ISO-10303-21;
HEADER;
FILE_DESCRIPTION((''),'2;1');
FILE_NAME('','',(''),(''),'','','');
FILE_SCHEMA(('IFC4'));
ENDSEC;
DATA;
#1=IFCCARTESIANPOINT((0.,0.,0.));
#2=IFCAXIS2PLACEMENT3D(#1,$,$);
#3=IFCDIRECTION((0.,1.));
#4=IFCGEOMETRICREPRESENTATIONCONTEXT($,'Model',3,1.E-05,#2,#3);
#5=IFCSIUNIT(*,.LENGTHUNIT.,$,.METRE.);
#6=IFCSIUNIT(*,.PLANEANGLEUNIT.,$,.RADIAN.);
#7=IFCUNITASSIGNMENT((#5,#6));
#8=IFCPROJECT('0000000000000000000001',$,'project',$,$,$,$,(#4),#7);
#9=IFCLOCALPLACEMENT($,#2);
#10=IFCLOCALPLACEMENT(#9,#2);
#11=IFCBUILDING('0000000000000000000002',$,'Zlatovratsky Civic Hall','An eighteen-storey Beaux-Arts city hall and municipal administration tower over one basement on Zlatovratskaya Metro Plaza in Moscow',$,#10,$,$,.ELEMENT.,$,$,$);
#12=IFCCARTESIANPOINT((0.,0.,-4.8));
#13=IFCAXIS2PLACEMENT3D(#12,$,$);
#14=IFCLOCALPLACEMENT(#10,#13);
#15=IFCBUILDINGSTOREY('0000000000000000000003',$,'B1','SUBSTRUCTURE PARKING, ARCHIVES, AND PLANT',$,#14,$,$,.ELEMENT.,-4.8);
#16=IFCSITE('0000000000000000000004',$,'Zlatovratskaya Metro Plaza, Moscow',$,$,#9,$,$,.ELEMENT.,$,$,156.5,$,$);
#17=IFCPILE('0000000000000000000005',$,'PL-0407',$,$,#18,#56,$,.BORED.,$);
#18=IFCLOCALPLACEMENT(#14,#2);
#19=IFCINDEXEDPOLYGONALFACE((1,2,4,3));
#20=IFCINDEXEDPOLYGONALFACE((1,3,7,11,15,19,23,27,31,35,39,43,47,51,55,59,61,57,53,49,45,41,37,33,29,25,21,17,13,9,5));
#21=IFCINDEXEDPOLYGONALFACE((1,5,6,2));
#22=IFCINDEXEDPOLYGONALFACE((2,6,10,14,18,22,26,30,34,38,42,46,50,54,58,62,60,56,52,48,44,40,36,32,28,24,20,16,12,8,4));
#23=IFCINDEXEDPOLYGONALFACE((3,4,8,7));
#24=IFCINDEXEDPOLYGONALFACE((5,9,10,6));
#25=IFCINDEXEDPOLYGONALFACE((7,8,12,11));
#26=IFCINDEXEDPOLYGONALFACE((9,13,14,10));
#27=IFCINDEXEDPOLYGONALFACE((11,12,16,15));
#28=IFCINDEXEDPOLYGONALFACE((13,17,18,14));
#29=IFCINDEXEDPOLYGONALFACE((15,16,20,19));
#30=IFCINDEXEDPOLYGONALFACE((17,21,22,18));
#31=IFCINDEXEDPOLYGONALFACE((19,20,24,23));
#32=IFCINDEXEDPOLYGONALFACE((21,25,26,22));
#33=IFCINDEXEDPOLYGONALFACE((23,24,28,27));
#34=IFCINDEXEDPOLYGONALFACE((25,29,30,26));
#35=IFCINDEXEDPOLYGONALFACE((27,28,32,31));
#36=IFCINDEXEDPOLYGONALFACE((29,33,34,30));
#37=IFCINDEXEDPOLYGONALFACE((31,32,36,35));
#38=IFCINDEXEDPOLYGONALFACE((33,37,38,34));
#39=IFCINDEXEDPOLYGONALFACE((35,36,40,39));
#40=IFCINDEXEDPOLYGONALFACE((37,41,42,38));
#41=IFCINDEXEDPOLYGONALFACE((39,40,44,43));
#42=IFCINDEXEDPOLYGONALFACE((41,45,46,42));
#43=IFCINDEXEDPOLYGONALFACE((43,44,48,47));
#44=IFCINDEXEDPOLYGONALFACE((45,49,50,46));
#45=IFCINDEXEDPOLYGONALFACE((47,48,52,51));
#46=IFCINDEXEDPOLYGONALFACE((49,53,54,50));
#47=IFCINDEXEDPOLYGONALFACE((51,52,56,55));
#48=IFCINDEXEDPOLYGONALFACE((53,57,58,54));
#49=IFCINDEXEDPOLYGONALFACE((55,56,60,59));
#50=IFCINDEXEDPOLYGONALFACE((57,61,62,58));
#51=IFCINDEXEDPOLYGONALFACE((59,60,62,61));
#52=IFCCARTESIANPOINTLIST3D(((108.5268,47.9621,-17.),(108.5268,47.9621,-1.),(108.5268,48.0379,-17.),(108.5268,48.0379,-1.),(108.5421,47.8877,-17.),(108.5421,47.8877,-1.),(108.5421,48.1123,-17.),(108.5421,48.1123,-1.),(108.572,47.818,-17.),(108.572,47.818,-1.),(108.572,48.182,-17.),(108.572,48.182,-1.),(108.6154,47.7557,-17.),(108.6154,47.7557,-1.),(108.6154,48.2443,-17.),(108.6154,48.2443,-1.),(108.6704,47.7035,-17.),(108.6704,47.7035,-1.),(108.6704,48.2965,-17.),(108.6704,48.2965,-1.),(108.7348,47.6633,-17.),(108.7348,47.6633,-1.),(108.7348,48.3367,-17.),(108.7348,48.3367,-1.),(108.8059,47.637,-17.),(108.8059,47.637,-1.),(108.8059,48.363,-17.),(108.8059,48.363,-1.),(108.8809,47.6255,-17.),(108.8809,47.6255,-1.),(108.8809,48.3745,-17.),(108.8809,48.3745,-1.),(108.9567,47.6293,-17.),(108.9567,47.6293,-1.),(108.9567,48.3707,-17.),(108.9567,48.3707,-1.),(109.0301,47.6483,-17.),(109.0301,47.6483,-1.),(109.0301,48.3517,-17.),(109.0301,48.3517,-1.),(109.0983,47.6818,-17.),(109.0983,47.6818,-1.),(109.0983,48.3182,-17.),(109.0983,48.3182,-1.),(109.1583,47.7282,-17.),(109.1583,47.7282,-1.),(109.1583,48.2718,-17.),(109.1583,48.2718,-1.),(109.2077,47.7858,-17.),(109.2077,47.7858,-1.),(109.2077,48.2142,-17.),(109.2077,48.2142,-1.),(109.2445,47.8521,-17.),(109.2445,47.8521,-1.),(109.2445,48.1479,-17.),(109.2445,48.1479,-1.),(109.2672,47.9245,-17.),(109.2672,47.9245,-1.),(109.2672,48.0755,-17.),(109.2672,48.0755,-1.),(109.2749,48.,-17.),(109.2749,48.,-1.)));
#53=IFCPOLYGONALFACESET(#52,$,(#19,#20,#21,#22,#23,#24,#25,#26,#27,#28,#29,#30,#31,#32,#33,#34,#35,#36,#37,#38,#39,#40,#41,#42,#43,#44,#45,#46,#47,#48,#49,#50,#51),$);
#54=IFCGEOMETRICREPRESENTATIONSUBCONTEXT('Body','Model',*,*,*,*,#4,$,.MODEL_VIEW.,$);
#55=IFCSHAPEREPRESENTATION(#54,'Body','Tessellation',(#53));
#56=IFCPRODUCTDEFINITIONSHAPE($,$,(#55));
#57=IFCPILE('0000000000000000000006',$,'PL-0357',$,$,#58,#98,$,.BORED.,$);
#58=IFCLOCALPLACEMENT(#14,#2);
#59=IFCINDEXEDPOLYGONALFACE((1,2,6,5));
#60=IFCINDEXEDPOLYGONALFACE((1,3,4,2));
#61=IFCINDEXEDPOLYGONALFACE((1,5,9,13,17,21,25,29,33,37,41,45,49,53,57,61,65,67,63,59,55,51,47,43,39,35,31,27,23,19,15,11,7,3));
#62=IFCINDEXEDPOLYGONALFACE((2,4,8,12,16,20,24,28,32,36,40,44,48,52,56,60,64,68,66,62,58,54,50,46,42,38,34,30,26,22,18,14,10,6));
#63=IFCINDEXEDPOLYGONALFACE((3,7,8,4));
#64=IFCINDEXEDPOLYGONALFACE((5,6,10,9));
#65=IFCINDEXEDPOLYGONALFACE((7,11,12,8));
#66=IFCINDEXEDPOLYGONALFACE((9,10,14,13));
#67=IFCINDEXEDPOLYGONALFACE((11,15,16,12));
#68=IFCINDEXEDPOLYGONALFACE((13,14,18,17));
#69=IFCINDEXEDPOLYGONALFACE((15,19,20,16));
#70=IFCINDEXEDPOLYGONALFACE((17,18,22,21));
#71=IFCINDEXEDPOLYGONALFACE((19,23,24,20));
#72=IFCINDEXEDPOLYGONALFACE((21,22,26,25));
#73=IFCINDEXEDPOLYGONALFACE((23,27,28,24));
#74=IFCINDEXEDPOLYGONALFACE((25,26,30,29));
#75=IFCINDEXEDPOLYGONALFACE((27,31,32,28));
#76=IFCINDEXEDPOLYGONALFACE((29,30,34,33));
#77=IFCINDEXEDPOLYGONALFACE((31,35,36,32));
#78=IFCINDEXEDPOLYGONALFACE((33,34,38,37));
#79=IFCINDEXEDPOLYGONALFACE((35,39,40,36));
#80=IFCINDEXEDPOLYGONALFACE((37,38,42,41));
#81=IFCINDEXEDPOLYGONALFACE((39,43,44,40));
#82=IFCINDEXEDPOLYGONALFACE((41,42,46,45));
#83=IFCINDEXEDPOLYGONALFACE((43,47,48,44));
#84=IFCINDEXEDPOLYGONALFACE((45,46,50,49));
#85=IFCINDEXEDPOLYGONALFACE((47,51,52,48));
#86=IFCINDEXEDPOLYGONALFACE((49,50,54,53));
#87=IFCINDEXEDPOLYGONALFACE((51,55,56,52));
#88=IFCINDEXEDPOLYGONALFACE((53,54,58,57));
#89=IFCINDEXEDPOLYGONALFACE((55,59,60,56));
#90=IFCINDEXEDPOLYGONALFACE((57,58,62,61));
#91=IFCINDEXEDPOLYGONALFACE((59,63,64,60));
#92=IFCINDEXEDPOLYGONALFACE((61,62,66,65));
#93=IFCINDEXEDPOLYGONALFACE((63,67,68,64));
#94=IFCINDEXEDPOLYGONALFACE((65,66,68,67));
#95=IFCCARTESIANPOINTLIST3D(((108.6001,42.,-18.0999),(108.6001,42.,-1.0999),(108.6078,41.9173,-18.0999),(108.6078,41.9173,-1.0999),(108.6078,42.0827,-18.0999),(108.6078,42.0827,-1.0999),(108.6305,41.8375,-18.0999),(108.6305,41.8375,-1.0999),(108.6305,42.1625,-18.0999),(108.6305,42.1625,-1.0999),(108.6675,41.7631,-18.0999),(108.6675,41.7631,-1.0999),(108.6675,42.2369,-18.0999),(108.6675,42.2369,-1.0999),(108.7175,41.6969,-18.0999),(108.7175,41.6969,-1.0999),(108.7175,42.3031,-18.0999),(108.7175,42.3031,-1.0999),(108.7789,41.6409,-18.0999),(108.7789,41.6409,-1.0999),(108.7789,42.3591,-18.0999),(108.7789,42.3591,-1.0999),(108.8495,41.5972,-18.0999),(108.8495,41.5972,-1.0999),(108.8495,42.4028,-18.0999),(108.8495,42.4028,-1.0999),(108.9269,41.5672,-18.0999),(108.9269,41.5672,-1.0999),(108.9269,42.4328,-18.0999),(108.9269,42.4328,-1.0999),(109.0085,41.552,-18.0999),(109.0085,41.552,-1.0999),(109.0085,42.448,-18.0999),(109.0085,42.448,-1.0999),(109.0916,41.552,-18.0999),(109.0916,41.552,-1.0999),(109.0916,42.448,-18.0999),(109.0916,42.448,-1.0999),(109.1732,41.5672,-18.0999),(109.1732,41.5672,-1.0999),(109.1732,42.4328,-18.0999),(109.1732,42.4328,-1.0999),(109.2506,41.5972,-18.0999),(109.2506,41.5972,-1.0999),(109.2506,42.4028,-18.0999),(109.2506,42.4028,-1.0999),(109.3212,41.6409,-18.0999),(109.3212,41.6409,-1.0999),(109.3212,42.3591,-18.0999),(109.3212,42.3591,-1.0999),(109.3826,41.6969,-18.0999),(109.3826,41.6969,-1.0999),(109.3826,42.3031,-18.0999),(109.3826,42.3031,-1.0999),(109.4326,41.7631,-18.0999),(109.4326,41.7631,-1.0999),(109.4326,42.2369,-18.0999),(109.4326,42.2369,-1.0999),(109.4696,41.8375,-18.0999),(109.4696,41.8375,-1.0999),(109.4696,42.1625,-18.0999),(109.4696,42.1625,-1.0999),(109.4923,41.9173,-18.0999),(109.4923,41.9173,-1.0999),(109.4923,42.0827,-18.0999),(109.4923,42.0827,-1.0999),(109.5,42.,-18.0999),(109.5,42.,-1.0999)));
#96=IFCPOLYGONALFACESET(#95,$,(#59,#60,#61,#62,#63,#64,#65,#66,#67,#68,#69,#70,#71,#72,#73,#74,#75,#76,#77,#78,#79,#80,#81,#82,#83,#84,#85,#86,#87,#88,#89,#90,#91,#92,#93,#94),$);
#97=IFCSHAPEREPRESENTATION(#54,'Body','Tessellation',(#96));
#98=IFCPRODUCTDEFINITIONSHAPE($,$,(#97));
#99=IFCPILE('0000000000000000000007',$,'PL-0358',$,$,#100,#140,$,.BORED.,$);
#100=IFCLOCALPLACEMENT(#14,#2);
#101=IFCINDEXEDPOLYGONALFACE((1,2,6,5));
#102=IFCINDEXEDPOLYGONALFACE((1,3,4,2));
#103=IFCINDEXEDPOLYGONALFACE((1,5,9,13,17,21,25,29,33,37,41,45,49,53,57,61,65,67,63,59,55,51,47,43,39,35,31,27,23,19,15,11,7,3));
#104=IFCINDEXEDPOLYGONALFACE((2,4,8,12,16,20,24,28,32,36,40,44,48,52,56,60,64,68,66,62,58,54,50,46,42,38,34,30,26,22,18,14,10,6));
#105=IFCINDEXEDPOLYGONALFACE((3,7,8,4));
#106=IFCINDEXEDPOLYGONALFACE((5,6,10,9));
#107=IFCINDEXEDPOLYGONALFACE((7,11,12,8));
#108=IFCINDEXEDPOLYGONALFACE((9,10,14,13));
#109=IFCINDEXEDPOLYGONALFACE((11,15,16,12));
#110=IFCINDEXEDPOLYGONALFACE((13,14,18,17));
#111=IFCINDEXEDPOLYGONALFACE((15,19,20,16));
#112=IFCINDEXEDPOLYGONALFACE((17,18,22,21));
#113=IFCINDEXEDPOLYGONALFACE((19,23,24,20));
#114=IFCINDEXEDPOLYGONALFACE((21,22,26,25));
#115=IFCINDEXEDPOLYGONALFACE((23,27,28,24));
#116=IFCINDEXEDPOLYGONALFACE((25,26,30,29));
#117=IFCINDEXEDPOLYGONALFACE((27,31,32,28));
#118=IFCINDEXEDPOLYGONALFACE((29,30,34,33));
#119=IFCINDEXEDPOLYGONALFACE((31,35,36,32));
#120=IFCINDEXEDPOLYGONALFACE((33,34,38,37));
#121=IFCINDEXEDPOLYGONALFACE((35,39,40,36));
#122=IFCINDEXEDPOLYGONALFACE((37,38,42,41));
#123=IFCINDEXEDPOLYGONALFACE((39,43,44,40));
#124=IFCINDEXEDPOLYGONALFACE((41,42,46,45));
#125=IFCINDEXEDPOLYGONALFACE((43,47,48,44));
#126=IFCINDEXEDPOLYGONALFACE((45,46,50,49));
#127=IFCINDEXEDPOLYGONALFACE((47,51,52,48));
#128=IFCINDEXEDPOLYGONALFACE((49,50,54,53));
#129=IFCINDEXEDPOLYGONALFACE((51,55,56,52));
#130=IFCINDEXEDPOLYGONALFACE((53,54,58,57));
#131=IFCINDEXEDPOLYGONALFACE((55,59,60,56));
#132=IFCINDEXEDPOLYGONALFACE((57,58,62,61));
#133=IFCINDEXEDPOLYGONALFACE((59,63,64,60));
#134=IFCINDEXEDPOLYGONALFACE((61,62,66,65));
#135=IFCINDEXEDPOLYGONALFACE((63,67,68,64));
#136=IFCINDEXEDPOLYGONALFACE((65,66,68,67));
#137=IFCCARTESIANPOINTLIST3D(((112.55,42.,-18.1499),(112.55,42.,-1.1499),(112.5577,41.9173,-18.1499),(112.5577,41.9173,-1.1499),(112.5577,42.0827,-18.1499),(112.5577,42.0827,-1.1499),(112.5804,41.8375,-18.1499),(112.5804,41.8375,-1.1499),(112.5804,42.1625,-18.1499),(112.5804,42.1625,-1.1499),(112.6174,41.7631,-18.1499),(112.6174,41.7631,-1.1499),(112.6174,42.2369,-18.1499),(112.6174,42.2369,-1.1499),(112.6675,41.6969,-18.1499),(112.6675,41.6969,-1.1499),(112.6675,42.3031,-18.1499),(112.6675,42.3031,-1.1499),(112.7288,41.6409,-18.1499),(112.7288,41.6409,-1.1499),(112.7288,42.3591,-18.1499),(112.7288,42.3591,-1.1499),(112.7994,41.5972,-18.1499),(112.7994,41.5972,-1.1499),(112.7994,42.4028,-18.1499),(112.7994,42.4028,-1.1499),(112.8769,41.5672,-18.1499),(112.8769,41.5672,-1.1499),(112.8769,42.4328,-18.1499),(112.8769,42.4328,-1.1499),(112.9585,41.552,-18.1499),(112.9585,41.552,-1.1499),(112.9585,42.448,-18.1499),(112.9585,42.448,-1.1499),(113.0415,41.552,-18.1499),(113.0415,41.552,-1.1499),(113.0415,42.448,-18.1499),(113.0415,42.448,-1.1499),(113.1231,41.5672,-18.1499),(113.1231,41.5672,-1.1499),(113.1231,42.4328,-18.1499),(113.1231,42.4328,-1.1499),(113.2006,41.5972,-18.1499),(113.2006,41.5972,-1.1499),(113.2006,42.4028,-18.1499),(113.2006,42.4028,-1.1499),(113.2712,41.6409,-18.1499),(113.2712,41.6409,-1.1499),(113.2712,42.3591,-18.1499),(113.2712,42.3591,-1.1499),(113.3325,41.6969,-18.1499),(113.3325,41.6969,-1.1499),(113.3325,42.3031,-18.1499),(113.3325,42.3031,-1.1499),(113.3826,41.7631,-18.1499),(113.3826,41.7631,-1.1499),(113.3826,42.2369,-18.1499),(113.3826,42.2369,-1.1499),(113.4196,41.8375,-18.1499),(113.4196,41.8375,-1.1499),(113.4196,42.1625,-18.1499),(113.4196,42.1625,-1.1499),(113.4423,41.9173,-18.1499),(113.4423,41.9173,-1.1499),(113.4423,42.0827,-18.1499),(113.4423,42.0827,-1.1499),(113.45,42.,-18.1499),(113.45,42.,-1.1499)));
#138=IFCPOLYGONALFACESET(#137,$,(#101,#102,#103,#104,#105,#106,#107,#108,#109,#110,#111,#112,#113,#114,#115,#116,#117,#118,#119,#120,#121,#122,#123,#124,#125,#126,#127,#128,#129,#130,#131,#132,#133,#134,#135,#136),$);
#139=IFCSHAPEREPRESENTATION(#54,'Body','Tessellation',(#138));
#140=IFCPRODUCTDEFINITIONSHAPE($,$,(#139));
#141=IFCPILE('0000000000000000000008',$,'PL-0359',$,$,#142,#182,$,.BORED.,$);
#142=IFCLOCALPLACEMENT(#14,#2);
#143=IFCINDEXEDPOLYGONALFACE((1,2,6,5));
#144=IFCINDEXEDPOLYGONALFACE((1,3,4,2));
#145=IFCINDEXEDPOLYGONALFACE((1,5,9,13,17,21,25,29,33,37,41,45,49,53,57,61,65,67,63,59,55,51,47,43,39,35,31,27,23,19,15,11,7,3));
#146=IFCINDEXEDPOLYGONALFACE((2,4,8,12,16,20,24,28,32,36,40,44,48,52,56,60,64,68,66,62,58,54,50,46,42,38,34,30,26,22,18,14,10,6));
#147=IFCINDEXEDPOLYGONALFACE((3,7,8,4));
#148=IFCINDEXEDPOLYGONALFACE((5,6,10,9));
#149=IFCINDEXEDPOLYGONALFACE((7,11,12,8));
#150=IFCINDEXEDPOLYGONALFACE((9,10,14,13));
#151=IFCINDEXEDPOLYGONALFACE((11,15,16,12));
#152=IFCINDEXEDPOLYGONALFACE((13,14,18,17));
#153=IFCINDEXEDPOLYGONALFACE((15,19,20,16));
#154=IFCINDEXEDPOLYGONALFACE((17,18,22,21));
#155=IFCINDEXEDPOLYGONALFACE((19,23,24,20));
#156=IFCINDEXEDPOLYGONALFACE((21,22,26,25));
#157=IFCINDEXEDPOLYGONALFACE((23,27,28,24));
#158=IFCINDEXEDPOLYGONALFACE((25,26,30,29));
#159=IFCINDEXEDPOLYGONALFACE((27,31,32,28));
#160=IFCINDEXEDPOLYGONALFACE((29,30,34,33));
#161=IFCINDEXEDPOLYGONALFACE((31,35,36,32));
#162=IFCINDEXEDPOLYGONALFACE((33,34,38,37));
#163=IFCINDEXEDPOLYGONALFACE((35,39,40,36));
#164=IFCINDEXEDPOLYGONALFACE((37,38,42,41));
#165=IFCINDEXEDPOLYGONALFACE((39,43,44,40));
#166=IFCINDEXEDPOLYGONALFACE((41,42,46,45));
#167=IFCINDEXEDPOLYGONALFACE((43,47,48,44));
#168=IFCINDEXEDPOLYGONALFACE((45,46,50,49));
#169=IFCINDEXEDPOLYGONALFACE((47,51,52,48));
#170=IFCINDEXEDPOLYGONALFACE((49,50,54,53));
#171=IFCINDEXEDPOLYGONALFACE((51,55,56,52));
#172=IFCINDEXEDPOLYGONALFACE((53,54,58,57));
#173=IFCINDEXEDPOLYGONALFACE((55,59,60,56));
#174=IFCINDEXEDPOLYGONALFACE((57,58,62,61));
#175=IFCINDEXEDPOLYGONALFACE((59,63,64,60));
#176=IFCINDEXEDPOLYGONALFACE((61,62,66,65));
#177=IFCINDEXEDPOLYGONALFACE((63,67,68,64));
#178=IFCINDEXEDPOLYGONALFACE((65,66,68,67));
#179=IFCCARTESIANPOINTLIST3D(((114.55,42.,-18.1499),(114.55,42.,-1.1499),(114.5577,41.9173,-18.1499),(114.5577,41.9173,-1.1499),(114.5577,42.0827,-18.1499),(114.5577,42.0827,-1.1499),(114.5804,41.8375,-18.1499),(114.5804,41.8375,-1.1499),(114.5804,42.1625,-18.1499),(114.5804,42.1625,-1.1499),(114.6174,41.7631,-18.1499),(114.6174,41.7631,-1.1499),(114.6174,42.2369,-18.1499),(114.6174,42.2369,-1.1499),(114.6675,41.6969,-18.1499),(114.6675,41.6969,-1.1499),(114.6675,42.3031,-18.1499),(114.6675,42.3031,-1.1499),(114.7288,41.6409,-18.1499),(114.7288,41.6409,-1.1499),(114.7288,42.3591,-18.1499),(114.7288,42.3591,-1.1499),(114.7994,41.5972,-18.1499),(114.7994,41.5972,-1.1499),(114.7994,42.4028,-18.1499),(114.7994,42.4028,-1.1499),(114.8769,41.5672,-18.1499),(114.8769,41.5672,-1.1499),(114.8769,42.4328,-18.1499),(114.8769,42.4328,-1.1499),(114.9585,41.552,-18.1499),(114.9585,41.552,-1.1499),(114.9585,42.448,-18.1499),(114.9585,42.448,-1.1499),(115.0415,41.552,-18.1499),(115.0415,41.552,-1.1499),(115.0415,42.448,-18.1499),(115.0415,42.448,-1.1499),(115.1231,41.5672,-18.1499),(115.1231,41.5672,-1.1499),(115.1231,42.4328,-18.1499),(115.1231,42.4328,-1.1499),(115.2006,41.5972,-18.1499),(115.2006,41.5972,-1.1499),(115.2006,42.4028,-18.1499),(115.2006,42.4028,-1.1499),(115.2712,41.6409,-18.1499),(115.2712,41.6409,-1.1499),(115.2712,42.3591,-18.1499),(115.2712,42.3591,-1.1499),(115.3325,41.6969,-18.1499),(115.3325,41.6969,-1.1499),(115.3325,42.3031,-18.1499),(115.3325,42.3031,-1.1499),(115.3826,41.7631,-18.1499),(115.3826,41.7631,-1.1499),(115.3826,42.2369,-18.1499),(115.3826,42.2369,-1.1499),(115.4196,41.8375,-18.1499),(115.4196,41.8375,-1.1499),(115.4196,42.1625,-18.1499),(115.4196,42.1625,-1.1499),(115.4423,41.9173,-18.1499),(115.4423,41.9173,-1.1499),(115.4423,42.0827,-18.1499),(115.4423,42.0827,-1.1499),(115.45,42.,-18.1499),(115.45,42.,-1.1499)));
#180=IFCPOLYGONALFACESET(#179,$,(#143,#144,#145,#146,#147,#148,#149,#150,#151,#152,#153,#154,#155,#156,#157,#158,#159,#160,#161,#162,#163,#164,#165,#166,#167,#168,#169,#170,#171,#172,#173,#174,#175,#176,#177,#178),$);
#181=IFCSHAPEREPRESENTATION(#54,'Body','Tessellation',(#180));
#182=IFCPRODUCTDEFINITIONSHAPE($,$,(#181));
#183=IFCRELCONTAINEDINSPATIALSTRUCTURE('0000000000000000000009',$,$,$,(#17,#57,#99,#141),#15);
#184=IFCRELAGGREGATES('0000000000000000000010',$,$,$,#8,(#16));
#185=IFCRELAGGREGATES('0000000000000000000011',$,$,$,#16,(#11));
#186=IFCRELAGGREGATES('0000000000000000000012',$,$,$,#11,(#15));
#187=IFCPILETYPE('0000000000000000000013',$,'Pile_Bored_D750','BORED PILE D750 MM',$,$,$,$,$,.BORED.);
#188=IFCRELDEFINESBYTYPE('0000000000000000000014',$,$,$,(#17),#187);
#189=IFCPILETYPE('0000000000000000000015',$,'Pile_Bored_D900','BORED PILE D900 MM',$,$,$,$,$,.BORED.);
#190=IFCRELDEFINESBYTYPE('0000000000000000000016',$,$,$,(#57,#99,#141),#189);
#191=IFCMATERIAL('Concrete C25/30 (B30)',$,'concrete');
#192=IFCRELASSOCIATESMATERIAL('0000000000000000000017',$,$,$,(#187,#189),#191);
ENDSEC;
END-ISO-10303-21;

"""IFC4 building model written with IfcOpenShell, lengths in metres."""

from ifc_helpers import new_model, si_unit, direction, frame, origin, origin_2d, place, context, subcontext, project, spatial, circle, extrude, material, material_profile, profile_set, type_object, element, save


model = new_model("IFC4")

# Units and contexts
model_context = context("Model", 3, precision=1e-05, world=origin(), true_north=direction((0.0, 1.0)))
body_context = subcontext(model_context, "Body", "Model", "MODEL_VIEW")
ifc_project = project(units=[si_unit("LENGTHUNIT", "METRE"), si_unit("PLANEANGLEUNIT", "RADIAN")], contexts=[model_context])

# Site, building, storey
site_placement = place(None, origin())
site = spatial("IfcSite", under=ifc_project, at=site_placement, Name="Zlatovratskaya Metro Plaza, Moscow", CompositionType="ELEMENT", RefElevation=156.5)
building_placement = place(site_placement, origin())
building = spatial("IfcBuilding", under=site, at=building_placement, Name="Zlatovratsky Civic Hall", Description="An eighteen-storey Beaux-Arts city hall and municipal administration tower over one basement on Zlatovratskaya Metro Plaza in Moscow", CompositionType="ELEMENT")
storey_placement = place(building_placement, frame((0.0, 0.0, -4.8)))
storey = spatial("IfcBuildingStorey", under=building, at=storey_placement, Name="B1", Description="SUBSTRUCTURE PARKING, ARCHIVES, AND PLANT", CompositionType="ELEMENT", Elevation=-4.8)

# Shared definitions
ifc_material_1 = material(Name="Concrete C25/30 (B30)", Category="concrete")

# Piles
ifc_material_profile_1 = material_profile(ifc_material_1, circle(Radius=0.375, at=origin_2d()), Name="PILE D750")
ifc_profile_set_1 = profile_set([ifc_material_profile_1], Name="Concrete C25/30 (B30)")
pile_type_1 = type_object("IfcPileType", Name="Pile_Bored_D750", Description="BORED PILE D750 MM", PredefinedType="BORED", material=ifc_profile_set_1)
pile_placement = place(storey_placement, frame((108.8999, 48.0, -1.0), z_axis=(0.0, 0.0, -1.0), x_axis=(1.0, 0.0, 0.0)))
element("IfcPile", 1, at=pile_placement, inside=storey, type_object=pile_type_1, Name="PL-0407", PredefinedType="BORED", context=body_context, shape_type="SweptSolid", body=[
    extrude(circle(Radius=0.375, at=origin_2d()), origin(), (0.0, 0.0, 1.0), 16.0),
])
ifc_material_profile_2 = material_profile(ifc_material_1, circle(Radius=0.45, at=origin_2d()), Name="PILE D900")
ifc_profile_set_2 = profile_set([ifc_material_profile_2], Name="Concrete C25/30 (B30)")
pile_type_2 = type_object("IfcPileType", Name="Pile_Bored_D900", Description="BORED PILE D900 MM", PredefinedType="BORED", material=ifc_profile_set_2)
for number, where, z_axis, x_axis, name in (
    (2, (109.05, 42.0, -1.0999), (0.0, 0.0, -1.0), (1.0, 0.0, 0.0), "PL-0357"),
    (3, (113.0, 42.0, -1.1499), (0.0, 0.0, -1.0), (1.0, 0.0, 0.0), "PL-0358"),
    (4, (115.0, 42.0, -1.1499), (0.0, 0.0, -1.0), (1.0, 0.0, 0.0), "PL-0359"),
):
    element("IfcPile", number, at=place(storey_placement, frame(where, z_axis=z_axis, x_axis=x_axis)), inside=storey, type_object=pile_type_2, Name=name, PredefinedType="BORED", context=body_context, shape_type="SweptSolid", body=[
        extrude(circle(Radius=0.45, at=origin_2d()), origin(), (0.0, 0.0, 1.0), 17.0),
    ])

save(model, "model.ifc")
